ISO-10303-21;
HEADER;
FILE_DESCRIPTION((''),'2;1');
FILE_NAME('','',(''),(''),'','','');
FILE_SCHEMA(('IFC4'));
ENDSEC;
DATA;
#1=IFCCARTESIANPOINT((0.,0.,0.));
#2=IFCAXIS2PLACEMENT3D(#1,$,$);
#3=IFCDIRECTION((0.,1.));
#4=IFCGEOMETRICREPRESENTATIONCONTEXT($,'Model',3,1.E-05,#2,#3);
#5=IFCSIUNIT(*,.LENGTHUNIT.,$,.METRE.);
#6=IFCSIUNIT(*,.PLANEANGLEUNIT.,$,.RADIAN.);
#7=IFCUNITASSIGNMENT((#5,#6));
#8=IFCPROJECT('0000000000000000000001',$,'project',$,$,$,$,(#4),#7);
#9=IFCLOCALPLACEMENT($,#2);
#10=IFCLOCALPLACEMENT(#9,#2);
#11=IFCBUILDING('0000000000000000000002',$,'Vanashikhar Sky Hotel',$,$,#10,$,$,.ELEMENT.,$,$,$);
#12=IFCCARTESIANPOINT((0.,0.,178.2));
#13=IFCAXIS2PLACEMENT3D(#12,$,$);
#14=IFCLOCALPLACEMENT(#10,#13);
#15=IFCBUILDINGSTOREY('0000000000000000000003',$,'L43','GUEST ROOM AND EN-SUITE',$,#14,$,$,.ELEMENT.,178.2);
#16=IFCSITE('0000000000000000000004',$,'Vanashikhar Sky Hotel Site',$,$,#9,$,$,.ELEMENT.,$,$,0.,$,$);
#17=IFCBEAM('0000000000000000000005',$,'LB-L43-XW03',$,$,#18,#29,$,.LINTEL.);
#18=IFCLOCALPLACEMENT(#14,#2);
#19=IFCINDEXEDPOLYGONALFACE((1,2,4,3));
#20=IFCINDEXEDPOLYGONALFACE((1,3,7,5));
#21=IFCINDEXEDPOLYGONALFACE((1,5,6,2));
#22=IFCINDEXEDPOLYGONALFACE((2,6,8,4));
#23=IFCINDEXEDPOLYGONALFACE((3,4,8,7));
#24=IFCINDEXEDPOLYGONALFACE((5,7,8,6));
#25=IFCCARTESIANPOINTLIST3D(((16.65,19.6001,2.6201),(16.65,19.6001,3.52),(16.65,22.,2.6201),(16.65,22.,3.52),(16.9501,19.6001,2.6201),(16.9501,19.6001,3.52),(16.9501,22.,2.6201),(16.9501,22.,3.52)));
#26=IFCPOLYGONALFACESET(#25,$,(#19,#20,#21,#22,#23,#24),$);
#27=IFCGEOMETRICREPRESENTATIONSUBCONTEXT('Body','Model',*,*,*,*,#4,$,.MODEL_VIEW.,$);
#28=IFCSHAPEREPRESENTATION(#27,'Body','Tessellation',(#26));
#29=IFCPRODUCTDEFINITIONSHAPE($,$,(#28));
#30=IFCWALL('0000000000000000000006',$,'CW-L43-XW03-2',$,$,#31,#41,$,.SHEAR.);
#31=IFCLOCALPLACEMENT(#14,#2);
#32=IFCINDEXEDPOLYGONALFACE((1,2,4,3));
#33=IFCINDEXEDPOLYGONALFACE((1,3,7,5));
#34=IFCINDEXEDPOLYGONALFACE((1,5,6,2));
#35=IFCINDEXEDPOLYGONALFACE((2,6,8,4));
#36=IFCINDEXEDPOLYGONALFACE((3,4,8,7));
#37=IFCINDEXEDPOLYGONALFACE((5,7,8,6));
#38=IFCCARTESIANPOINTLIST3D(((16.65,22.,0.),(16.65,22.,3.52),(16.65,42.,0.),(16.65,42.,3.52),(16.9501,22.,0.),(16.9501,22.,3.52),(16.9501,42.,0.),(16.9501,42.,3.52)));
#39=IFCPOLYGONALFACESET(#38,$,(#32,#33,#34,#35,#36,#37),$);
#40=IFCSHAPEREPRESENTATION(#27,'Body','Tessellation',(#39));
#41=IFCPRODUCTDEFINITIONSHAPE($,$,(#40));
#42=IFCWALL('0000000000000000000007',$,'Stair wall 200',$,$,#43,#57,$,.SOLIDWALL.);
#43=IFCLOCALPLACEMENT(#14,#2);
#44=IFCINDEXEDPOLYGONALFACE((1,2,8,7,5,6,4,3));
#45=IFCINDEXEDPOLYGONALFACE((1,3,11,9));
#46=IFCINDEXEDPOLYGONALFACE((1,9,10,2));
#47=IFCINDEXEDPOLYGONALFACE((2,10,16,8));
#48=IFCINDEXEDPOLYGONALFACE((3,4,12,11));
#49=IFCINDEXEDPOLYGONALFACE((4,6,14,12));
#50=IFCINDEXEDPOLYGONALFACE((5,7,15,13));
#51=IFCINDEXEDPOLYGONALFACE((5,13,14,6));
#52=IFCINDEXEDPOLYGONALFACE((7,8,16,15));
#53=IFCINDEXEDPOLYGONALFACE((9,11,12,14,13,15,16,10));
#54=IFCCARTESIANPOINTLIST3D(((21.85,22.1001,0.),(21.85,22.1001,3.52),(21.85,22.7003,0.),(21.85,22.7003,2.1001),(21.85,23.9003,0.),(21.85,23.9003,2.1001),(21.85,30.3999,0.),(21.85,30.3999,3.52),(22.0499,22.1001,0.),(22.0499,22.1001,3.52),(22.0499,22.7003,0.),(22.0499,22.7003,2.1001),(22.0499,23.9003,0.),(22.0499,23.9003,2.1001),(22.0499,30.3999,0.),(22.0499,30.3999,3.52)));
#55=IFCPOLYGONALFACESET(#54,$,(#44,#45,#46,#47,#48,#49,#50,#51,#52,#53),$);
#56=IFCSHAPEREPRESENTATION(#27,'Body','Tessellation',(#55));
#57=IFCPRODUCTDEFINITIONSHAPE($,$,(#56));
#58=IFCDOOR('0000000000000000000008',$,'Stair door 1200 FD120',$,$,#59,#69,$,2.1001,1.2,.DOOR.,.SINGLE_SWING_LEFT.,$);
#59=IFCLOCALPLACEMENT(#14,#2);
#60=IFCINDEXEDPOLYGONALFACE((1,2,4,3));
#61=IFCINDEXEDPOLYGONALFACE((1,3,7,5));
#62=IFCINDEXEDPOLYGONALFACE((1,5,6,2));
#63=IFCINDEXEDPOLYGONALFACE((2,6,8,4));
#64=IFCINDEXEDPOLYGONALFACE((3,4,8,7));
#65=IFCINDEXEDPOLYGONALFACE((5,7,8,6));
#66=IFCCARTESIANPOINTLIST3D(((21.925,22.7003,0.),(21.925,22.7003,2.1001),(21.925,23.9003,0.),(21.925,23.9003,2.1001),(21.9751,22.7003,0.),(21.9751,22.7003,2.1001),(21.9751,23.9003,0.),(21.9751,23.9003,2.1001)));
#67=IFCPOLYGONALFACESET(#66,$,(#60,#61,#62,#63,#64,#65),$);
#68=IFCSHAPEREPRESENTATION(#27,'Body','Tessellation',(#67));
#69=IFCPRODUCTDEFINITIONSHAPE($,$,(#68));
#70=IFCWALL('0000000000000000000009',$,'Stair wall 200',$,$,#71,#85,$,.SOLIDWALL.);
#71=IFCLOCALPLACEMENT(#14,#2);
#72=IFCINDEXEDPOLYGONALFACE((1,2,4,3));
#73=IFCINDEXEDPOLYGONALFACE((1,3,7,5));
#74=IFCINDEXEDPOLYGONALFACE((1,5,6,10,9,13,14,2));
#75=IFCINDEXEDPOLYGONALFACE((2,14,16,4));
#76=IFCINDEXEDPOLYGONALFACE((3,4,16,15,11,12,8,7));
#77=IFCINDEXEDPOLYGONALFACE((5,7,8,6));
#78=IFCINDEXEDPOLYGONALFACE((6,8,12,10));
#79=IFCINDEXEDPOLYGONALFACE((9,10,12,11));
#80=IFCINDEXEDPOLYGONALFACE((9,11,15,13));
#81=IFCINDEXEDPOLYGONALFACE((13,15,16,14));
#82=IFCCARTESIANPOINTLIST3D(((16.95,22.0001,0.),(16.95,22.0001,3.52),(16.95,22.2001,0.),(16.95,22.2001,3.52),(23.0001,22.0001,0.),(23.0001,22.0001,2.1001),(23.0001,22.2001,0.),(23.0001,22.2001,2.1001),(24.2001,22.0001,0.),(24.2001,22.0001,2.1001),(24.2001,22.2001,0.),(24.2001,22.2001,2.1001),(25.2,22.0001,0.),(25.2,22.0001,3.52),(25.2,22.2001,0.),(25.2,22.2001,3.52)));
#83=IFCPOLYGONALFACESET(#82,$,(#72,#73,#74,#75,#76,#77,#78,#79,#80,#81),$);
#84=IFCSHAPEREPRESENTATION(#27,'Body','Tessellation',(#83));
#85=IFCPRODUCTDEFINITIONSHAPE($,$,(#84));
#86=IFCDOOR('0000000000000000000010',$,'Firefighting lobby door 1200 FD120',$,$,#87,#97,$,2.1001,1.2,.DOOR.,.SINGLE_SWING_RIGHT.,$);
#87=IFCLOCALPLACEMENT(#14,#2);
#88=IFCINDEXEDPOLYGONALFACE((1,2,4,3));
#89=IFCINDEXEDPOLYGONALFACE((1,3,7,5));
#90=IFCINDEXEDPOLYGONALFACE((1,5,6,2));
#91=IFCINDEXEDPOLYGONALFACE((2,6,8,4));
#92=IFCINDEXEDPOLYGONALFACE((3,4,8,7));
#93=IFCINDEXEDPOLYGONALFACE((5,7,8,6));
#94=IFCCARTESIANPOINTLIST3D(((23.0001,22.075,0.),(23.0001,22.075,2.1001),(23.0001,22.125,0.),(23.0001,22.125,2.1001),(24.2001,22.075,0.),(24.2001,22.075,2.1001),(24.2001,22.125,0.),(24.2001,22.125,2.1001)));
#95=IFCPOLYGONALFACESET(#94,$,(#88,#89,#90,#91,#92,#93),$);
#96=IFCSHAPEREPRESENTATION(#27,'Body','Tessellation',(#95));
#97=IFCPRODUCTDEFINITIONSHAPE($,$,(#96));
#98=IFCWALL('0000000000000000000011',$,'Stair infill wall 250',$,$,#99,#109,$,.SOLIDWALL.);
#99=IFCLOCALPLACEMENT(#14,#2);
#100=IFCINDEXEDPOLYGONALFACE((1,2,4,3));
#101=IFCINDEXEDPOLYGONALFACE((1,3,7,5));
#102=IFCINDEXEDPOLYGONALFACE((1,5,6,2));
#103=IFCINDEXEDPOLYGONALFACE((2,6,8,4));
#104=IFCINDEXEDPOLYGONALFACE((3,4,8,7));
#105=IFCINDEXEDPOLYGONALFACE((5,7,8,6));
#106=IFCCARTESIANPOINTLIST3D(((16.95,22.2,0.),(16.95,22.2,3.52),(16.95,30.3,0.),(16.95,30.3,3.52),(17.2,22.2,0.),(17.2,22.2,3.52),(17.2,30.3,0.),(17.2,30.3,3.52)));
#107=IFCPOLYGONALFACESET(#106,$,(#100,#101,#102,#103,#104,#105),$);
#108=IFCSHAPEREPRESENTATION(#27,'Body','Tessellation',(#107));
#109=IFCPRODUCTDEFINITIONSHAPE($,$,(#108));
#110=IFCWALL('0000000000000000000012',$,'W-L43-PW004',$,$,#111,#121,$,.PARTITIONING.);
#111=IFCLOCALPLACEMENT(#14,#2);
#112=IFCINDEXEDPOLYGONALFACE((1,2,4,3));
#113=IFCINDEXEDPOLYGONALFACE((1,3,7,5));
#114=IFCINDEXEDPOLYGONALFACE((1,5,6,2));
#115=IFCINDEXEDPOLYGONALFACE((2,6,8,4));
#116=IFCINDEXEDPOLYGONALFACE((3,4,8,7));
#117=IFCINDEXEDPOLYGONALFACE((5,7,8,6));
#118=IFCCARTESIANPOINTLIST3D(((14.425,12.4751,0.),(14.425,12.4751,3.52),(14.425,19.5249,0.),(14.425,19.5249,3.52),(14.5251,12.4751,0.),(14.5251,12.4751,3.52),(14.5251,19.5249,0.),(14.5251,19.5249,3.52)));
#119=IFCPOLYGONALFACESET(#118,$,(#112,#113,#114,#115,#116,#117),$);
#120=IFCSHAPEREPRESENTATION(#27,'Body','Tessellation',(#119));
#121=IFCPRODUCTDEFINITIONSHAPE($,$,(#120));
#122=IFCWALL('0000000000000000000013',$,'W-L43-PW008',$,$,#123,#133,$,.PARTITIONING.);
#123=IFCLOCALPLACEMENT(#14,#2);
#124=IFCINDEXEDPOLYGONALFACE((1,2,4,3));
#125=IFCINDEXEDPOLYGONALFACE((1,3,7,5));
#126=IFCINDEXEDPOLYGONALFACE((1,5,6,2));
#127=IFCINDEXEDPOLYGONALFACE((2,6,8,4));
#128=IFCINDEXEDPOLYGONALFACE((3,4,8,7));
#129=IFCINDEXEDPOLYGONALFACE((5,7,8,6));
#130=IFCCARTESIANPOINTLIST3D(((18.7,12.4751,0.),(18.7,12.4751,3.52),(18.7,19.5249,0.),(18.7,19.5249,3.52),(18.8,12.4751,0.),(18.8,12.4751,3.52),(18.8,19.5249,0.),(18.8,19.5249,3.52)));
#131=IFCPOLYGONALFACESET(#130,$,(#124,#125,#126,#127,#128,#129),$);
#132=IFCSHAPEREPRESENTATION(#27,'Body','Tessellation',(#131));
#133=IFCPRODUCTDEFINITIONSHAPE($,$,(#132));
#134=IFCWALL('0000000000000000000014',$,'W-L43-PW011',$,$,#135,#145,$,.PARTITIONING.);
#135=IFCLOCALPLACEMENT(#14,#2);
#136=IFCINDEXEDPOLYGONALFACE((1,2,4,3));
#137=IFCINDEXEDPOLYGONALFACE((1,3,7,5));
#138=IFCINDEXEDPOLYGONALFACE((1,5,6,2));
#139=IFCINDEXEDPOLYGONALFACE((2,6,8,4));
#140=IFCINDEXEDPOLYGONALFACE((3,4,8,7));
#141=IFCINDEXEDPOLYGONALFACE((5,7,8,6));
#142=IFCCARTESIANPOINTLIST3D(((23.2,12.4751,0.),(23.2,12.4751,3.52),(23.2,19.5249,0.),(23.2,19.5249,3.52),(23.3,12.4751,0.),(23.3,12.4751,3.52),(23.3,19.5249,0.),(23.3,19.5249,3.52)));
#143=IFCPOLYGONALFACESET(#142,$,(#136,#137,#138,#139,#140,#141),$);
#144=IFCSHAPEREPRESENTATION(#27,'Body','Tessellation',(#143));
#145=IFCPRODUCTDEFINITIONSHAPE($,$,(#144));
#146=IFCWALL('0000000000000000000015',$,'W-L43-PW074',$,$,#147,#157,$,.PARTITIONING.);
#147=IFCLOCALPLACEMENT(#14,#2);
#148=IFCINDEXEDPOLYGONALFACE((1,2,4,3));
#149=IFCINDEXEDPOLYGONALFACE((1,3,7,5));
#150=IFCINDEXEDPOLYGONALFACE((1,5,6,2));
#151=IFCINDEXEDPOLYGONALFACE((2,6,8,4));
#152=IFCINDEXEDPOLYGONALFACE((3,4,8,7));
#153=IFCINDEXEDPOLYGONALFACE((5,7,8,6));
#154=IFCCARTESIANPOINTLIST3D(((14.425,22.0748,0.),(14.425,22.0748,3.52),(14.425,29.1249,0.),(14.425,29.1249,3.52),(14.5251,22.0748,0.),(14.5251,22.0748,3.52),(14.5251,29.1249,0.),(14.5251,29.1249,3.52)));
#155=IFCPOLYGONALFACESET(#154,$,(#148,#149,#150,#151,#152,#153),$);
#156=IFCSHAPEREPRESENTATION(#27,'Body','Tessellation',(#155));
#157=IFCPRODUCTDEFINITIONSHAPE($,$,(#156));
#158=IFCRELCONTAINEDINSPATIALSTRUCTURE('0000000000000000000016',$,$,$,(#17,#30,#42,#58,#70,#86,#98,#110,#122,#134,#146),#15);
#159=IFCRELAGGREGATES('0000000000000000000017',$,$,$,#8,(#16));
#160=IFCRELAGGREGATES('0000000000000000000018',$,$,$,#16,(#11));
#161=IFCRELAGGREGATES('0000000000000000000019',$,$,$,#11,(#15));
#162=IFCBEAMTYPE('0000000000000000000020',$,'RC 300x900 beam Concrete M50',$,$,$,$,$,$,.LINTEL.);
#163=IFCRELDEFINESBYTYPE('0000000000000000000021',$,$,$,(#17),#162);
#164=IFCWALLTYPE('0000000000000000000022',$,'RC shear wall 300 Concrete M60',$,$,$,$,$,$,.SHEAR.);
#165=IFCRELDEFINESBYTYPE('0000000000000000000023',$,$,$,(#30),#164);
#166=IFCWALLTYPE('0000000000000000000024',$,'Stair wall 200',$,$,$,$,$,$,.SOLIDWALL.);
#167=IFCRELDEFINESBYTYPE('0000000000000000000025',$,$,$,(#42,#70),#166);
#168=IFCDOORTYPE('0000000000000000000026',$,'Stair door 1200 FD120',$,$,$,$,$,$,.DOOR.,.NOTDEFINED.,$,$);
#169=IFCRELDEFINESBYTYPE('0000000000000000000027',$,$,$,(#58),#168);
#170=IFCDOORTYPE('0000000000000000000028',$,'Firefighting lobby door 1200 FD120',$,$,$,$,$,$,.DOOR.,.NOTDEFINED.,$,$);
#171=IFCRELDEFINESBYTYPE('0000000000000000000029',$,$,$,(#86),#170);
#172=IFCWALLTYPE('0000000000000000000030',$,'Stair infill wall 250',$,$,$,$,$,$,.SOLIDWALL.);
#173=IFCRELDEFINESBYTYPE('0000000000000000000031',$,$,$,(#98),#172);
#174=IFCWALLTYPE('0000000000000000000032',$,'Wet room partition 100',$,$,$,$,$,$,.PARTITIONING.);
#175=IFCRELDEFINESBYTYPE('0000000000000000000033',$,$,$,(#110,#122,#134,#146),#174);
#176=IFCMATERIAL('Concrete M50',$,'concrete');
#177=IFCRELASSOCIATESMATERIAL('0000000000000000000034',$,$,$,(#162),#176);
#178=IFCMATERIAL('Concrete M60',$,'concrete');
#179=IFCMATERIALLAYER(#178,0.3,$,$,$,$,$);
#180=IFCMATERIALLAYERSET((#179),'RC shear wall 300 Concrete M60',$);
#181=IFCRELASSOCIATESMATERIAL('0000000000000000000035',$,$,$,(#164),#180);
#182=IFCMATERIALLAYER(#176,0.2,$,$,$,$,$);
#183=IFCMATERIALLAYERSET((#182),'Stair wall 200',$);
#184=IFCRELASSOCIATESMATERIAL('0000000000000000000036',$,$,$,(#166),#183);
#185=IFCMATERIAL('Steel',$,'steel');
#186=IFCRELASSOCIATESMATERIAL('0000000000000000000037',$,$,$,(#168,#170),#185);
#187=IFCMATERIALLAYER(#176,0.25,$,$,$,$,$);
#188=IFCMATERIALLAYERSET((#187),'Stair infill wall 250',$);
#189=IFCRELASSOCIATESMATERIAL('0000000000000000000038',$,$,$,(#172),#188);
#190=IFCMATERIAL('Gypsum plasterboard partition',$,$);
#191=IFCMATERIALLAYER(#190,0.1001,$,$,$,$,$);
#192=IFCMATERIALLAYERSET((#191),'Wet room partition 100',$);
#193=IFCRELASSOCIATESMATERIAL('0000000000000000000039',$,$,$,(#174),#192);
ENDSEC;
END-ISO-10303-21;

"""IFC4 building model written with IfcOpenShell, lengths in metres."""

from ifc_helpers import new_model, si_unit, direction, frame, frame_2d, origin, origin_2d, place, context, subcontext, project, spatial, rectangle, extrude, source, transform, mapped, material, layer, layer_set, material_profile, profile_set, type_object, element, fill, save


model = new_model("IFC4")

# Units and contexts
model_context = context("Model", 3, precision=1e-05, world=origin(), true_north=direction((0.0, 1.0)))
body_context = subcontext(model_context, "Body", "Model", "MODEL_VIEW")
ifc_project = project(units=[si_unit("LENGTHUNIT", "METRE"), si_unit("PLANEANGLEUNIT", "RADIAN")], contexts=[model_context])

# Site, building, storey
site_placement = place(None, origin())
site = spatial("IfcSite", under=ifc_project, at=site_placement, Name="Vanashikhar Sky Hotel Site", CompositionType="ELEMENT", RefElevation=0.0)
building_placement = place(site_placement, origin())
building = spatial("IfcBuilding", under=site, at=building_placement, Name="Vanashikhar Sky Hotel", CompositionType="ELEMENT")
storey_placement = place(building_placement, frame((0.0, 0.0, 178.2)))
storey = spatial("IfcBuildingStorey", under=building, at=storey_placement, Name="L43", Description="GUEST ROOM AND EN-SUITE", CompositionType="ELEMENT", Elevation=178.2)

# Beam
ifc_material_1 = material(Name="Concrete M50", Category="concrete")
ifc_material_profile = material_profile(ifc_material_1, rectangle(XDim=0.3, YDim=0.8999, at=origin_2d()))
ifc_profile_set = profile_set([ifc_material_profile], Name="RC 300x900 beam Concrete M50")
beam_type = type_object("IfcBeamType", Name="RC 300x900 beam Concrete M50", PredefinedType="LINTEL", material=ifc_profile_set)
shared_shape_1 = source(origin(), body_context, "Body", "SweptSolid", [
    extrude(rectangle(XDim=0.3, YDim=0.8999, at=origin_2d()), origin(), (0.0, 0.0, 1.0), 2.3999),
])
beam_placement = place(storey_placement, frame((16.8, 19.6001, 3.0701), z_axis=(0.0, 1.0, 0.0), x_axis=(-1.0, 0.0, 0.0)))
element("IfcBeam", 1, at=beam_placement, inside=storey, type_object=beam_type, Name="LB-L43-XW03", PredefinedType="LINTEL", context=body_context, shape_type="MappedRepresentation", body=[
    mapped(shared_shape_1, transform((0.0, 0.0, 0.0), scale=1.0)),
])

# Wall
ifc_material_2 = material(Name="Concrete M60", Category="concrete")
ifc_layer_1 = layer(ifc_material_2, 0.3)
ifc_layer_set_1 = layer_set([ifc_layer_1], Name="RC shear wall 300 Concrete M60")
wall_type_1 = type_object("IfcWallType", Name="RC shear wall 300 Concrete M60", PredefinedType="SHEAR", material=ifc_layer_set_1)
shared_shape_2 = source(origin(), body_context, "Body", "SweptSolid", [
    extrude(rectangle(XDim=20.0, YDim=0.3, at=frame_2d((10.0, 0.0))), origin(), (0.0, 0.0, 1.0), 3.52),
])
wall_1_placement = place(storey_placement, frame((16.8, 22.0, 0.0), z_axis=(0.0, 0.0, 1.0), x_axis=(0.0, 1.0, 0.0)))
element("IfcWall", 2, at=wall_1_placement, inside=storey, type_object=wall_type_1, Name="CW-L43-XW03-2", PredefinedType="SHEAR", context=body_context, shape_type="MappedRepresentation", body=[
    mapped(shared_shape_2, transform((0.0, 0.0, 0.0), scale=1.0)),
])

# Walls, openings, doors
ifc_layer_2 = layer(ifc_material_1, 0.2)
ifc_layer_set_2 = layer_set([ifc_layer_2], Name="Stair wall 200")
wall_type_2 = type_object("IfcWallType", Name="Stair wall 200", PredefinedType="SOLIDWALL", material=ifc_layer_set_2)
shared_shape_3 = source(origin(), body_context, "Body", "SweptSolid", [
    extrude(rectangle(XDim=8.2998, YDim=0.2, at=frame_2d((4.1499, 0.0))), origin(), (0.0, 0.0, 1.0), 3.52),
])
wall_2_placement = place(storey_placement, frame((21.95, 22.1001, 0.0), z_axis=(0.0, 0.0, 1.0), x_axis=(0.0, 1.0, 0.0)))
wall_2 = element("IfcWall", 3, at=wall_2_placement, inside=storey, type_object=wall_type_2, Name="Stair wall 200", PredefinedType="SOLIDWALL", context=body_context, shape_type="MappedRepresentation", body=[
    mapped(shared_shape_3, transform((0.0, 0.0, 0.0), scale=1.0)),
])
shared_shape_4 = source(origin(), body_context, "Body", "SweptSolid", [
    extrude(rectangle(XDim=1.2, YDim=2.1001, at=frame_2d((0.6001, 1.05))), frame((0.0, 0.1099, 0.0), z_axis=(0.0, -1.0, 0.0), x_axis=(1.0, 0.0, 0.0)), (0.0, 0.0, 1.0), 0.22),
])
opening_1_placement = place(wall_2_placement, frame((0.6001, 0.0, 0.0)))
opening_1 = element("IfcOpeningElement", 4, at=opening_1_placement, cuts=wall_2, PredefinedType="OPENING", context=body_context, shape_type="MappedRepresentation", body=[
    mapped(shared_shape_4, transform((0.0, 0.0, 0.0), scale=1.0)),
])
ifc_material_3 = material(Name="Steel", Category="steel")
door_type_1 = type_object("IfcDoorType", Name="Stair door 1200 FD120", OperationType="NOTDEFINED", PredefinedType="DOOR", material=ifc_material_3)
shared_shape_5 = source(origin(), body_context, "Body", "SweptSolid", [
    extrude(rectangle(XDim=1.2, YDim=2.1001, at=frame_2d((0.6001, 1.05))), frame((0.0, 0.0249, 0.0), z_axis=(0.0, -1.0, 0.0), x_axis=(1.0, 0.0, 0.0)), (0.0, 0.0, 1.0), 0.05),
])
door_1_placement = place(opening_1_placement, origin())
door_1 = element("IfcDoor", 5, at=door_1_placement, inside=storey, type_object=door_type_1, Name="Stair door 1200 FD120", OperationType="SINGLE_SWING_LEFT", OverallHeight=2.1001, OverallWidth=1.2, PredefinedType="DOOR", context=body_context, shape_type="MappedRepresentation", body=[
    mapped(shared_shape_5, transform((0.0, 0.0, 0.0), scale=1.0)),
])
fill(opening_1, door_1)
shared_shape_6 = source(origin(), body_context, "Body", "SweptSolid", [
    extrude(rectangle(XDim=8.25, YDim=0.2, at=frame_2d((4.125, 0.0))), origin(), (0.0, 0.0, 1.0), 3.52),
])
wall_3_placement = place(storey_placement, frame((16.95, 22.1001, 0.0), z_axis=(0.0, 0.0, 1.0), x_axis=(1.0, 0.0, 0.0)))
wall_3 = element("IfcWall", 6, at=wall_3_placement, inside=storey, type_object=wall_type_2, Name="Stair wall 200", PredefinedType="SOLIDWALL", context=body_context, shape_type="MappedRepresentation", body=[
    mapped(shared_shape_6, transform((0.0, 0.0, 0.0), scale=1.0)),
])
opening_2_placement = place(wall_3_placement, frame((6.05, 0.0, 0.0)))
opening_2 = element("IfcOpeningElement", 7, at=opening_2_placement, cuts=wall_3, PredefinedType="OPENING", context=body_context, shape_type="MappedRepresentation", body=[
    mapped(shared_shape_4, transform((0.0, 0.0, 0.0), scale=1.0)),
])
door_type_2 = type_object("IfcDoorType", Name="Firefighting lobby door 1200 FD120", OperationType="NOTDEFINED", PredefinedType="DOOR", material=ifc_material_3)
door_2_placement = place(opening_2_placement, origin())
door_2 = element("IfcDoor", 8, at=door_2_placement, inside=storey, type_object=door_type_2, Name="Firefighting lobby door 1200 FD120", OperationType="SINGLE_SWING_RIGHT", OverallHeight=2.1001, OverallWidth=1.2, PredefinedType="DOOR", context=body_context, shape_type="MappedRepresentation", body=[
    mapped(shared_shape_5, transform((0.0, 0.0, 0.0), scale=1.0)),
])
fill(opening_2, door_2)

# Walls
ifc_layer_3 = layer(ifc_material_1, 0.25)
ifc_layer_set_3 = layer_set([ifc_layer_3], Name="Stair infill wall 250")
wall_type_3 = type_object("IfcWallType", Name="Stair infill wall 250", PredefinedType="SOLIDWALL", material=ifc_layer_set_3)
shared_shape_7 = source(origin(), body_context, "Body", "SweptSolid", [
    extrude(rectangle(XDim=8.1001, YDim=0.25, at=frame_2d((4.05, 0.0))), origin(), (0.0, 0.0, 1.0), 3.52),
])
wall_4_placement = place(storey_placement, frame((17.075, 22.2, 0.0), z_axis=(0.0, 0.0, 1.0), x_axis=(0.0, 1.0, 0.0)))
element("IfcWall", 9, at=wall_4_placement, inside=storey, type_object=wall_type_3, Name="Stair infill wall 250", PredefinedType="SOLIDWALL", context=body_context, shape_type="MappedRepresentation", body=[
    mapped(shared_shape_7, transform((0.0, 0.0, 0.0), scale=1.0)),
])
ifc_material_4 = material(Name="Gypsum plasterboard partition")
ifc_layer_4 = layer(ifc_material_4, 0.1001)
ifc_layer_set_4 = layer_set([ifc_layer_4], Name="Wet room partition 100")
wall_type_4 = type_object("IfcWallType", Name="Wet room partition 100", PredefinedType="PARTITIONING", material=ifc_layer_set_4)
shared_shape_8 = source(origin(), body_context, "Body", "SweptSolid", [
    extrude(rectangle(XDim=7.0498, YDim=0.1001, at=frame_2d((3.5249, 0.0))), origin(), (0.0, 0.0, 1.0), 3.52),
])
for number, where, z_axis, x_axis, name in (
    (10, (14.4751, 12.4751, 0.0), (0.0, 0.0, 1.0), (0.0, 1.0, 0.0), "W-L43-PW004"),
    (11, (18.75, 12.4751, 0.0), (0.0, 0.0, 1.0), (0.0, 1.0, 0.0), "W-L43-PW008"),
    (12, (23.25, 12.4751, 0.0), (0.0, 0.0, 1.0), (0.0, 1.0, 0.0), "W-L43-PW011"),
):
    element("IfcWall", number, at=place(storey_placement, frame(where, z_axis=z_axis, x_axis=x_axis)), inside=storey, type_object=wall_type_4, Name=name, PredefinedType="PARTITIONING", context=body_context, shape_type="MappedRepresentation", body=[
        mapped(shared_shape_8, transform((0.0, 0.0, 0.0), scale=1.0)),
    ])
shared_shape_9 = source(origin(), body_context, "Body", "SweptSolid", [
    extrude(rectangle(XDim=7.05, YDim=0.1001, at=frame_2d((3.5249, 0.0))), origin(), (0.0, 0.0, 1.0), 3.52),
])
wall_5_placement = place(storey_placement, frame((14.4751, 22.075, 0.0), z_axis=(0.0, 0.0, 1.0), x_axis=(0.0, 1.0, 0.0)))
element("IfcWall", 13, at=wall_5_placement, inside=storey, type_object=wall_type_4, Name="W-L43-PW074", PredefinedType="PARTITIONING", context=body_context, shape_type="MappedRepresentation", body=[
    mapped(shared_shape_9, transform((0.0, 0.0, 0.0), scale=1.0)),
])

save(model, "model.ifc")
